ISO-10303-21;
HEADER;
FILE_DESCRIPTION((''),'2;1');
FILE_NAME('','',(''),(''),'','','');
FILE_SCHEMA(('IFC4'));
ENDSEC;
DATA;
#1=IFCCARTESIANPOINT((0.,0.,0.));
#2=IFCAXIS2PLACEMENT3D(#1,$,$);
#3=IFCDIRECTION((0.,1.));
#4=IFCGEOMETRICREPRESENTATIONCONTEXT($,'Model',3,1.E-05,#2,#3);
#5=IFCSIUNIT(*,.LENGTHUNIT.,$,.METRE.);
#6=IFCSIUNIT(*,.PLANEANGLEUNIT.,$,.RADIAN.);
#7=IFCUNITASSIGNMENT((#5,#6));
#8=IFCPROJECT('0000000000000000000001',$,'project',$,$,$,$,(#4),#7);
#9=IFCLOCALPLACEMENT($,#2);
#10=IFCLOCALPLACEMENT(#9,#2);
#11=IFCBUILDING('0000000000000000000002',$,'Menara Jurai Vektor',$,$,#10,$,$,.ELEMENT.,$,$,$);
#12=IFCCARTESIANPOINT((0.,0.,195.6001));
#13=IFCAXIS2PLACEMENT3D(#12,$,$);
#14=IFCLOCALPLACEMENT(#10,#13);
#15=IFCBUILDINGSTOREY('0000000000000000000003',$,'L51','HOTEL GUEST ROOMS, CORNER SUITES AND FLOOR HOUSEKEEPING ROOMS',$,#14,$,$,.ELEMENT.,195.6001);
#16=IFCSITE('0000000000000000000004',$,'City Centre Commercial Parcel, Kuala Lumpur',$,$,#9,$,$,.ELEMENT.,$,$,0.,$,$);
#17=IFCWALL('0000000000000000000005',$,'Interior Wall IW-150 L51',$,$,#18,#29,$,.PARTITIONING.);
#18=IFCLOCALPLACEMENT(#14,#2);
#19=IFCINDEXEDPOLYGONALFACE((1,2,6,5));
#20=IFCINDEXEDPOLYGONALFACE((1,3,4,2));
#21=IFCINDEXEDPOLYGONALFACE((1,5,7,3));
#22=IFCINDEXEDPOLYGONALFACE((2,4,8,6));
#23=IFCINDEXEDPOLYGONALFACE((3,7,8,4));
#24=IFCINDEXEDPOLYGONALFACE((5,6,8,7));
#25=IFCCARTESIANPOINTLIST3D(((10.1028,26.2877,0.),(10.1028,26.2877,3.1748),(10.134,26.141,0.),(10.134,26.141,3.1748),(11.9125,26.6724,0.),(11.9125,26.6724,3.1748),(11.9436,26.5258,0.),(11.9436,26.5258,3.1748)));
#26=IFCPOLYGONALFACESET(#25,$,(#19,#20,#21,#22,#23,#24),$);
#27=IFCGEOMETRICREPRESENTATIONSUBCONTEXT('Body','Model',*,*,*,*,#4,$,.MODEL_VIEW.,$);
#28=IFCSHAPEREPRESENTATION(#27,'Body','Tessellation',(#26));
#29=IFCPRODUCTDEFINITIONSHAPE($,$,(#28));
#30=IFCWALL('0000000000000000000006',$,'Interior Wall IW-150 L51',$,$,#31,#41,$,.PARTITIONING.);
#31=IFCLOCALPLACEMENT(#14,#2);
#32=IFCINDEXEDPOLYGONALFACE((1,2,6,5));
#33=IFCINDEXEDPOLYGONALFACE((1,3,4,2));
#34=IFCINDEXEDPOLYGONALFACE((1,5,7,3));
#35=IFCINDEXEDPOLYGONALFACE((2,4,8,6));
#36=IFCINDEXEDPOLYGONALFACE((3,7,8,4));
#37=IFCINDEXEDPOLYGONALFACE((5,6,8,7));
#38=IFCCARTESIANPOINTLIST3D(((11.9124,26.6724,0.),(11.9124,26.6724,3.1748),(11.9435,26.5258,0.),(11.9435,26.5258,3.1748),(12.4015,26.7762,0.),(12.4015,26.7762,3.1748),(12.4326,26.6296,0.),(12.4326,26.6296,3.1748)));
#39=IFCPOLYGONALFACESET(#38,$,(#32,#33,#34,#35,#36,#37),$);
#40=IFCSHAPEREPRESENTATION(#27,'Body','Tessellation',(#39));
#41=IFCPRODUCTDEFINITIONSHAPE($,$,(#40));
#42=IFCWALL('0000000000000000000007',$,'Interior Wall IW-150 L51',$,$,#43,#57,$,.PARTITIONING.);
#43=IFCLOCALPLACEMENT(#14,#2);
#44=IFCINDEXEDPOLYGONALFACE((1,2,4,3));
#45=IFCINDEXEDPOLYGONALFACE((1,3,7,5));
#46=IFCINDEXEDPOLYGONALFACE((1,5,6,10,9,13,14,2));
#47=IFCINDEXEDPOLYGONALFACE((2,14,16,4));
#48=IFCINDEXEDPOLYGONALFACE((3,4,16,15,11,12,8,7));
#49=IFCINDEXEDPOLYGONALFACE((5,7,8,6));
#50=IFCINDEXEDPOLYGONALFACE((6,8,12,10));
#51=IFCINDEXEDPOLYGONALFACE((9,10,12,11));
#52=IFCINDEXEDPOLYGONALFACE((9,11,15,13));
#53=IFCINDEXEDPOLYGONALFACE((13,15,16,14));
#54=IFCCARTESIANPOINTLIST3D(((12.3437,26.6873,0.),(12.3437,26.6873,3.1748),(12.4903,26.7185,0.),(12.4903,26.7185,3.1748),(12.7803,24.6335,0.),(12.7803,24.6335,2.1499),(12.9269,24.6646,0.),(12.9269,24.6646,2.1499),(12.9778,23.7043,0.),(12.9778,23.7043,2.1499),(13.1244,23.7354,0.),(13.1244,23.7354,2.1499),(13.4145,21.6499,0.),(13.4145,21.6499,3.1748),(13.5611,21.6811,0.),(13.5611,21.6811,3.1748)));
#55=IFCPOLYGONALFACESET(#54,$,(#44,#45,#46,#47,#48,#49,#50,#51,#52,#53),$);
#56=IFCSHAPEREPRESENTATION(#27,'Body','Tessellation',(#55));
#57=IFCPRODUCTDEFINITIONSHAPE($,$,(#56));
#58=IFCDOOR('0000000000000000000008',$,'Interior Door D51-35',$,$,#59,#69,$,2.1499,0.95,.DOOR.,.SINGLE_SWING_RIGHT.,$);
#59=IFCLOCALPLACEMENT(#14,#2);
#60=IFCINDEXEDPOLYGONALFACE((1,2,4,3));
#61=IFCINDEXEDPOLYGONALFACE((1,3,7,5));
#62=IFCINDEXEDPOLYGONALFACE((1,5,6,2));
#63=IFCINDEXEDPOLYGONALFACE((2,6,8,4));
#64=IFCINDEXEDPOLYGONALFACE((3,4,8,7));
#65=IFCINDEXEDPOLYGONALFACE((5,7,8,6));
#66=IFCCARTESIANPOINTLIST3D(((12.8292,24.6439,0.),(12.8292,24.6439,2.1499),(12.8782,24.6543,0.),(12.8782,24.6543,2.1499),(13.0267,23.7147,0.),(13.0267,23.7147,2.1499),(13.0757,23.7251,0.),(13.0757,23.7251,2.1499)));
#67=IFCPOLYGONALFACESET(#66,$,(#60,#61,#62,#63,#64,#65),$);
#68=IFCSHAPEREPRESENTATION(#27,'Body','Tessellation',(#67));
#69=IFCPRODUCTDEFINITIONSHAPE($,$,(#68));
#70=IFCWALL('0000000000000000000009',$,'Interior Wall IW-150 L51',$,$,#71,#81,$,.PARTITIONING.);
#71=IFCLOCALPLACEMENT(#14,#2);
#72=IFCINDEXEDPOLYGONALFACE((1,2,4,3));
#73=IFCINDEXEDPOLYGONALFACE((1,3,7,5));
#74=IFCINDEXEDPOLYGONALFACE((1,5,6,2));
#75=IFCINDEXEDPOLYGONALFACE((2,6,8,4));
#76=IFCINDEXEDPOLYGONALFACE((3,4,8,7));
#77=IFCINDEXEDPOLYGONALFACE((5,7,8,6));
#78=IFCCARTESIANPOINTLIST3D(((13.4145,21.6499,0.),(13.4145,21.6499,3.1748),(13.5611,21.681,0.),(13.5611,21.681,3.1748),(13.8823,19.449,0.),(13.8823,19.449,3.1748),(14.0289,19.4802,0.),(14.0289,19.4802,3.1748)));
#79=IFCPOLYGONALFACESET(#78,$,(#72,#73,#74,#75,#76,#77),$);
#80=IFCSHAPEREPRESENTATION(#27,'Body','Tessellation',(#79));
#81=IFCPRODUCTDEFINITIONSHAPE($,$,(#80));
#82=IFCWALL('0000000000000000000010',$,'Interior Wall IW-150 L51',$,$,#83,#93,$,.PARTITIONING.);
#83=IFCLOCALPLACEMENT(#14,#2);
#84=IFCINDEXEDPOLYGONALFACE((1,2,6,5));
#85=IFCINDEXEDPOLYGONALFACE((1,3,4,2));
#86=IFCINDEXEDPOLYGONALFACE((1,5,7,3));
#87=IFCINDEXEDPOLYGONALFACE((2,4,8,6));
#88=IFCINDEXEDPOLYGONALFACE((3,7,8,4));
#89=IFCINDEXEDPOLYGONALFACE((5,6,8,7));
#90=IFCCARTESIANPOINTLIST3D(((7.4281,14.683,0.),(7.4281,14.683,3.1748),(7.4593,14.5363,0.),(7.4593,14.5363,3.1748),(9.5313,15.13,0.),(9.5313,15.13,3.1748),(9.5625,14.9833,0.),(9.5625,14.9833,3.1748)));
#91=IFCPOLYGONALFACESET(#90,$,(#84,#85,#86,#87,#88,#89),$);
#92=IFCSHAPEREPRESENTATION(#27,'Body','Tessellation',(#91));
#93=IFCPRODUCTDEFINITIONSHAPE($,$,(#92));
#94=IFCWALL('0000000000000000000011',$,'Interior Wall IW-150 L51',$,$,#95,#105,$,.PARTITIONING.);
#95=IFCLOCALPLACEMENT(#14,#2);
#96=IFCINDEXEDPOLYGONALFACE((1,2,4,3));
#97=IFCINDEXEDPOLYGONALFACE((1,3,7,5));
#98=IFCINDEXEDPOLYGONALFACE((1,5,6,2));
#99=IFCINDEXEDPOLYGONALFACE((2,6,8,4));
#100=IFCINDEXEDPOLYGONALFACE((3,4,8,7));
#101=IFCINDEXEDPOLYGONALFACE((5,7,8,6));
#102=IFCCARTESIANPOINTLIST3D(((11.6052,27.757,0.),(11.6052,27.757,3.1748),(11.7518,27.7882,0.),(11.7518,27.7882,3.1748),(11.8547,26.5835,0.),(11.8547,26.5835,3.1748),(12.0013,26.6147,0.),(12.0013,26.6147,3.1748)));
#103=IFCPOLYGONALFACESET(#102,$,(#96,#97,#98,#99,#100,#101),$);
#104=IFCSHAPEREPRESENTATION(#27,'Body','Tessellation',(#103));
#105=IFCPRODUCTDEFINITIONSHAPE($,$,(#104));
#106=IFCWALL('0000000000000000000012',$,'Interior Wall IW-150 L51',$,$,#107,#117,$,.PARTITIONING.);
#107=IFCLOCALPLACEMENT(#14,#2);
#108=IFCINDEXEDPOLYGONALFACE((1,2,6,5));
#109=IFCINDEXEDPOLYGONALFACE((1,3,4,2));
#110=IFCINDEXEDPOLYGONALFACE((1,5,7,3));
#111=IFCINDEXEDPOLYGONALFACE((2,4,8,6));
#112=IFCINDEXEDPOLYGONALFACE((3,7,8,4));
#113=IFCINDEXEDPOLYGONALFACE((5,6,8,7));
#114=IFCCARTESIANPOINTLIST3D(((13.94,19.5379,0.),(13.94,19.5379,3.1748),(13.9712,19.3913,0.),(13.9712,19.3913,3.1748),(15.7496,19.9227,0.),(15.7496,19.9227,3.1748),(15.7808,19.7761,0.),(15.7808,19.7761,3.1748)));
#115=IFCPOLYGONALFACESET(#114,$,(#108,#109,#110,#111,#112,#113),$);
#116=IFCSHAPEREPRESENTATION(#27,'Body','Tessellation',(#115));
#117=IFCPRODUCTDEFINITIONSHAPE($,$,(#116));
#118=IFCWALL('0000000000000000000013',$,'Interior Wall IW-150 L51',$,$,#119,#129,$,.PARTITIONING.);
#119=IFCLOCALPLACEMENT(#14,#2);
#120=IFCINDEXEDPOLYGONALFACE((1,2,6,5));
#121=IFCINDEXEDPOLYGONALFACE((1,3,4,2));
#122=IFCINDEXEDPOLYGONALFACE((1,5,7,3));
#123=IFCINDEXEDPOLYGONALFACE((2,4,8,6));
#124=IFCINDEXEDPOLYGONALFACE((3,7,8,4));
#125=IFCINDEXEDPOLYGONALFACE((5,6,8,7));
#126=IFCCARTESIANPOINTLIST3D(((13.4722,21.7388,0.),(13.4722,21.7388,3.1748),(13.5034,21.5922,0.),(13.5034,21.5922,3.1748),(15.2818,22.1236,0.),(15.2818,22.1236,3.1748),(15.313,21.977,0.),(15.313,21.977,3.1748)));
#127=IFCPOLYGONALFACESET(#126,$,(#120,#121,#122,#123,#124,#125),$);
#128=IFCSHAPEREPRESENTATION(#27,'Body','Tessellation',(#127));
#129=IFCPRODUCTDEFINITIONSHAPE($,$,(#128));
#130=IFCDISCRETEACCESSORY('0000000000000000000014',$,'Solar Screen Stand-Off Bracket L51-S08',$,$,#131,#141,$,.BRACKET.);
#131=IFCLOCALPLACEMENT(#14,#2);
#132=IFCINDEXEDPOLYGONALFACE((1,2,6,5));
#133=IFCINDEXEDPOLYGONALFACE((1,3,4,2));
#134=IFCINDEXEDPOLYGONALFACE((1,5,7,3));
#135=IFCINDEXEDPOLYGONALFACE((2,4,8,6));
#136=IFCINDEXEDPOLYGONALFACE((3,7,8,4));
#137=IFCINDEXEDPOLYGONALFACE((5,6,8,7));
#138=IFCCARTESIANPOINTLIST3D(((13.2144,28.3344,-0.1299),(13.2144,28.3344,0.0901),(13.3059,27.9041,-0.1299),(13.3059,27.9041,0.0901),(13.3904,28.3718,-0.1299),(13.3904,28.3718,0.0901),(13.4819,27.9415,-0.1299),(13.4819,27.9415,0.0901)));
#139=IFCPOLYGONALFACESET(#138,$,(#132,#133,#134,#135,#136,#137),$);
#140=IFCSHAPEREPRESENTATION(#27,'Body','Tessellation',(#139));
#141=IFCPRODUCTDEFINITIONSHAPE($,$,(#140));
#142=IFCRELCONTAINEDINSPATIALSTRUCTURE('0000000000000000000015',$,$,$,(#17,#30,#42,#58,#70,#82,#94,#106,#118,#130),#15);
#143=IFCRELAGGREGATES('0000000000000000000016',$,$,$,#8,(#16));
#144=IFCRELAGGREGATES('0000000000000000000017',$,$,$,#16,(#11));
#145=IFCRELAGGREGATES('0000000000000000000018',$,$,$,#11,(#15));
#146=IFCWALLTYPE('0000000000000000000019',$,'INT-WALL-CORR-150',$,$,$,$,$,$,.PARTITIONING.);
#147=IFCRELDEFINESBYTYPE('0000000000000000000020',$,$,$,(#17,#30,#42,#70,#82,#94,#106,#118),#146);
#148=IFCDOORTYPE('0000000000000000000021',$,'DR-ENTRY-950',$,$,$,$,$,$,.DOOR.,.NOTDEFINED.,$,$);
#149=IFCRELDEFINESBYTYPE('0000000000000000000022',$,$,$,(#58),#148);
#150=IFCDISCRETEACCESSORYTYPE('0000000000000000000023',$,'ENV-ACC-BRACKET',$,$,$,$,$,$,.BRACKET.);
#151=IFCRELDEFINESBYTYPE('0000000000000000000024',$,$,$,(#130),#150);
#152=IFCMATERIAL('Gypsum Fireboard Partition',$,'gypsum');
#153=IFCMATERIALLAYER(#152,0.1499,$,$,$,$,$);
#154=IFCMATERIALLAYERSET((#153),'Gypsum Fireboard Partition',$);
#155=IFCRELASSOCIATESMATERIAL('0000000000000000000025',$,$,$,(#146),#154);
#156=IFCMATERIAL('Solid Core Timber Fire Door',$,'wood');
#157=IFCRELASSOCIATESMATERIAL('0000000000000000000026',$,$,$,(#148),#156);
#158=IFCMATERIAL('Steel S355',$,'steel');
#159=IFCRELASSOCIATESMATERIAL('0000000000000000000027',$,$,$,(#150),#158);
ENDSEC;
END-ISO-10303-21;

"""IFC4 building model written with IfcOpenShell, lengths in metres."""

from ifc_helpers import new_model, si_unit, direction, frame, frame_2d, origin, origin_2d, place, context, subcontext, project, spatial, rectangle, extrude, material, layer, layer_set, type_object, element, fill, save


model = new_model("IFC4")

# Units and contexts
model_context = context("Model", 3, precision=1e-05, world=origin(), true_north=direction((0.0, 1.0)))
body_context = subcontext(model_context, "Body", "Model", "MODEL_VIEW")
ifc_project = project(units=[si_unit("LENGTHUNIT", "METRE"), si_unit("PLANEANGLEUNIT", "RADIAN")], contexts=[model_context])

# Site, building, storey
site_placement = place(None, origin())
site = spatial("IfcSite", under=ifc_project, at=site_placement, Name="City Centre Commercial Parcel, Kuala Lumpur", CompositionType="ELEMENT", RefElevation=0.0)
building_placement = place(site_placement, origin())
building = spatial("IfcBuilding", under=site, at=building_placement, Name="Menara Jurai Vektor", CompositionType="ELEMENT")
storey_placement = place(building_placement, frame((0.0, 0.0, 195.6001)))
storey = spatial("IfcBuildingStorey", under=building, at=storey_placement, Name="L51", Description="HOTEL GUEST ROOMS, CORNER SUITES AND FLOOR HOUSEKEEPING ROOMS", CompositionType="ELEMENT", Elevation=195.6001)

# Shared definitions
ifc_material_1 = material(Name="Steel S355", Category="steel")

# Walls
ifc_material_2 = material(Name="Gypsum Fireboard Partition", Category="gypsum")
ifc_layer_1 = layer(ifc_material_2, 0.1499)
ifc_layer_set_1 = layer_set([ifc_layer_1], Name="Gypsum Fireboard Partition")
wall_type = type_object("IfcWallType", Name="INT-WALL-CORR-150", PredefinedType="PARTITIONING", material=ifc_layer_set_1)
wall_1_placement = place(storey_placement, frame((10.1184, 26.2144, 0.0), z_axis=(0.0, 0.0, 1.0), x_axis=(0.978133, 0.207979, 0.0)))
element("IfcWall", 1, at=wall_1_placement, inside=storey, type_object=wall_type, Name="Interior Wall IW-150 L51", PredefinedType="PARTITIONING", context=body_context, shape_type="SweptSolid", body=[
    extrude(rectangle(XDim=1.8501, YDim=0.1499, at=frame_2d((0.925, 0.0))), origin(), (0.0, 0.0, 1.0), 3.1748),
])
wall_2_placement = place(storey_placement, frame((11.928, 26.5991, 0.0), z_axis=(0.0, 0.0, 1.0), x_axis=(0.978222, 0.207561, 0.0)))
element("IfcWall", 2, at=wall_2_placement, inside=storey, type_object=wall_type, Name="Interior Wall IW-150 L51", PredefinedType="PARTITIONING", context=body_context, shape_type="SweptSolid", body=[
    extrude(rectangle(XDim=0.5, YDim=0.1499, at=frame_2d((0.25, 0.0))), origin(), (0.0, 0.0, 1.0), 3.1748),
])

# Wall, opening, door
wall_3_placement = place(storey_placement, frame((13.4878, 21.6655, 0.0), z_axis=(0.0, 0.0, 1.0), x_axis=(-0.207926, 0.978145, 0.0)))
wall_3 = element("IfcWall", 3, at=wall_3_placement, inside=storey, type_object=wall_type, Name="Interior Wall IW-150 L51", PredefinedType="PARTITIONING", context=body_context, shape_type="SweptSolid", body=[
    extrude(rectangle(XDim=5.1499, YDim=0.1499, at=frame_2d((2.575, 0.0))), origin(), (0.0, 0.0, 1.0), 3.1748),
])
opening_placement = place(wall_3_placement, frame((2.1001, 0.0, 0.0)))
opening = element("IfcOpeningElement", 4, at=opening_placement, cuts=wall_3, PredefinedType="OPENING", context=body_context, shape_type="SweptSolid", body=[
    extrude(rectangle(XDim=0.95, YDim=2.1499, at=frame_2d((0.4751, 1.075))), frame((0.0, 0.085, 0.0), z_axis=(0.0, -1.0, 0.0), x_axis=(1.0, 0.0, 0.0)), (0.0, 0.0, 1.0), 0.1699),
])
ifc_material_3 = material(Name="Solid Core Timber Fire Door", Category="wood")
door_type = type_object("IfcDoorType", Name="DR-ENTRY-950", OperationType="NOTDEFINED", PredefinedType="DOOR", material=ifc_material_3)
door_placement = place(opening_placement, origin())
door = element("IfcDoor", 5, at=door_placement, inside=storey, type_object=door_type, Name="Interior Door D51-35", OperationType="SINGLE_SWING_RIGHT", OverallHeight=2.1499, OverallWidth=0.95, PredefinedType="DOOR", context=body_context, shape_type="SweptSolid", body=[
    extrude(rectangle(XDim=0.95, YDim=2.1499, at=frame_2d((0.4751, 1.075))), frame((0.0, 0.0249, 0.0), z_axis=(0.0, -1.0, 0.0), x_axis=(1.0, 0.0, 0.0)), (0.0, 0.0, 1.0), 0.05),
])
fill(opening, door)

# Walls
wall_4_placement = place(storey_placement, frame((13.9556, 19.4646, 0.0), z_axis=(0.0, 0.0, 1.0), x_axis=(-0.207891, 0.978152, 0.0)))
element("IfcWall", 6, at=wall_4_placement, inside=storey, type_object=wall_type, Name="Interior Wall IW-150 L51", PredefinedType="PARTITIONING", context=body_context, shape_type="SweptSolid", body=[
    extrude(rectangle(XDim=2.25, YDim=0.1499, at=frame_2d((1.125, 0.0))), origin(), (0.0, 0.0, 1.0), 3.1748),
])
wall_5_placement = place(storey_placement, frame((7.4436, 14.6096, 0.0), z_axis=(0.0, 0.0, 1.0), x_axis=(0.978152, 0.207893, 0.0)))
element("IfcWall", 7, at=wall_5_placement, inside=storey, type_object=wall_type, Name="Interior Wall IW-150 L51", PredefinedType="PARTITIONING", context=body_context, shape_type="SweptSolid", body=[
    extrude(rectangle(XDim=2.1501, YDim=0.1499, at=frame_2d((1.0752, 0.0))), origin(), (0.0, 0.0, 1.0), 3.1748),
])
wall_6_placement = place(storey_placement, frame((11.928, 26.5991, 0.0), z_axis=(0.0, 0.0, 1.0), x_axis=(-0.207959, 0.978138, 0.0)))
element("IfcWall", 8, at=wall_6_placement, inside=storey, type_object=wall_type, Name="Interior Wall IW-150 L51", PredefinedType="PARTITIONING", context=body_context, shape_type="SweptSolid", body=[
    extrude(rectangle(XDim=1.1997, YDim=0.1499, at=frame_2d((0.5999, 0.0))), origin(), (0.0, 0.0, 1.0), 3.1748),
])
for number, where, z_axis, x_axis, name in (
    (9, (13.9556, 19.4646, 0.0), (0.0, 0.0, 1.0), (0.978133, 0.207979, 0.0), "Interior Wall IW-150 L51"),
    (10, (13.4878, 21.6655, 0.0), (0.0, 0.0, 1.0), (0.978133, 0.207979, 0.0), "Interior Wall IW-150 L51"),
):
    element("IfcWall", number, at=place(storey_placement, frame(where, z_axis=z_axis, x_axis=x_axis)), inside=storey, type_object=wall_type, Name=name, PredefinedType="PARTITIONING", context=body_context, shape_type="SweptSolid", body=[
        extrude(rectangle(XDim=1.8501, YDim=0.1499, at=frame_2d((0.925, 0.0))), origin(), (0.0, 0.0, 1.0), 3.1748),
    ])

# Discrete accessory
discrete_accessory_type = type_object("IfcDiscreteAccessoryType", Name="ENV-ACC-BRACKET", PredefinedType="BRACKET", material=ifc_material_1)
discrete_accessory_placement = place(storey_placement, frame((13.3481, 28.1379, -0.1299), z_axis=(0.0, 0.0, 1.0), x_axis=(-0.978148, -0.207912, 0.0)))
element("IfcDiscreteAccessory", 11, at=discrete_accessory_placement, inside=storey, type_object=discrete_accessory_type, Name="Solar Screen Stand-Off Bracket L51-S08", PredefinedType="BRACKET", context=body_context, shape_type="SweptSolid", body=[
    extrude(rectangle(XDim=0.1799, YDim=0.4399, at=origin_2d()), origin(), (0.0, 0.0, 1.0), 0.22),
])

save(model, "model.ifc")
